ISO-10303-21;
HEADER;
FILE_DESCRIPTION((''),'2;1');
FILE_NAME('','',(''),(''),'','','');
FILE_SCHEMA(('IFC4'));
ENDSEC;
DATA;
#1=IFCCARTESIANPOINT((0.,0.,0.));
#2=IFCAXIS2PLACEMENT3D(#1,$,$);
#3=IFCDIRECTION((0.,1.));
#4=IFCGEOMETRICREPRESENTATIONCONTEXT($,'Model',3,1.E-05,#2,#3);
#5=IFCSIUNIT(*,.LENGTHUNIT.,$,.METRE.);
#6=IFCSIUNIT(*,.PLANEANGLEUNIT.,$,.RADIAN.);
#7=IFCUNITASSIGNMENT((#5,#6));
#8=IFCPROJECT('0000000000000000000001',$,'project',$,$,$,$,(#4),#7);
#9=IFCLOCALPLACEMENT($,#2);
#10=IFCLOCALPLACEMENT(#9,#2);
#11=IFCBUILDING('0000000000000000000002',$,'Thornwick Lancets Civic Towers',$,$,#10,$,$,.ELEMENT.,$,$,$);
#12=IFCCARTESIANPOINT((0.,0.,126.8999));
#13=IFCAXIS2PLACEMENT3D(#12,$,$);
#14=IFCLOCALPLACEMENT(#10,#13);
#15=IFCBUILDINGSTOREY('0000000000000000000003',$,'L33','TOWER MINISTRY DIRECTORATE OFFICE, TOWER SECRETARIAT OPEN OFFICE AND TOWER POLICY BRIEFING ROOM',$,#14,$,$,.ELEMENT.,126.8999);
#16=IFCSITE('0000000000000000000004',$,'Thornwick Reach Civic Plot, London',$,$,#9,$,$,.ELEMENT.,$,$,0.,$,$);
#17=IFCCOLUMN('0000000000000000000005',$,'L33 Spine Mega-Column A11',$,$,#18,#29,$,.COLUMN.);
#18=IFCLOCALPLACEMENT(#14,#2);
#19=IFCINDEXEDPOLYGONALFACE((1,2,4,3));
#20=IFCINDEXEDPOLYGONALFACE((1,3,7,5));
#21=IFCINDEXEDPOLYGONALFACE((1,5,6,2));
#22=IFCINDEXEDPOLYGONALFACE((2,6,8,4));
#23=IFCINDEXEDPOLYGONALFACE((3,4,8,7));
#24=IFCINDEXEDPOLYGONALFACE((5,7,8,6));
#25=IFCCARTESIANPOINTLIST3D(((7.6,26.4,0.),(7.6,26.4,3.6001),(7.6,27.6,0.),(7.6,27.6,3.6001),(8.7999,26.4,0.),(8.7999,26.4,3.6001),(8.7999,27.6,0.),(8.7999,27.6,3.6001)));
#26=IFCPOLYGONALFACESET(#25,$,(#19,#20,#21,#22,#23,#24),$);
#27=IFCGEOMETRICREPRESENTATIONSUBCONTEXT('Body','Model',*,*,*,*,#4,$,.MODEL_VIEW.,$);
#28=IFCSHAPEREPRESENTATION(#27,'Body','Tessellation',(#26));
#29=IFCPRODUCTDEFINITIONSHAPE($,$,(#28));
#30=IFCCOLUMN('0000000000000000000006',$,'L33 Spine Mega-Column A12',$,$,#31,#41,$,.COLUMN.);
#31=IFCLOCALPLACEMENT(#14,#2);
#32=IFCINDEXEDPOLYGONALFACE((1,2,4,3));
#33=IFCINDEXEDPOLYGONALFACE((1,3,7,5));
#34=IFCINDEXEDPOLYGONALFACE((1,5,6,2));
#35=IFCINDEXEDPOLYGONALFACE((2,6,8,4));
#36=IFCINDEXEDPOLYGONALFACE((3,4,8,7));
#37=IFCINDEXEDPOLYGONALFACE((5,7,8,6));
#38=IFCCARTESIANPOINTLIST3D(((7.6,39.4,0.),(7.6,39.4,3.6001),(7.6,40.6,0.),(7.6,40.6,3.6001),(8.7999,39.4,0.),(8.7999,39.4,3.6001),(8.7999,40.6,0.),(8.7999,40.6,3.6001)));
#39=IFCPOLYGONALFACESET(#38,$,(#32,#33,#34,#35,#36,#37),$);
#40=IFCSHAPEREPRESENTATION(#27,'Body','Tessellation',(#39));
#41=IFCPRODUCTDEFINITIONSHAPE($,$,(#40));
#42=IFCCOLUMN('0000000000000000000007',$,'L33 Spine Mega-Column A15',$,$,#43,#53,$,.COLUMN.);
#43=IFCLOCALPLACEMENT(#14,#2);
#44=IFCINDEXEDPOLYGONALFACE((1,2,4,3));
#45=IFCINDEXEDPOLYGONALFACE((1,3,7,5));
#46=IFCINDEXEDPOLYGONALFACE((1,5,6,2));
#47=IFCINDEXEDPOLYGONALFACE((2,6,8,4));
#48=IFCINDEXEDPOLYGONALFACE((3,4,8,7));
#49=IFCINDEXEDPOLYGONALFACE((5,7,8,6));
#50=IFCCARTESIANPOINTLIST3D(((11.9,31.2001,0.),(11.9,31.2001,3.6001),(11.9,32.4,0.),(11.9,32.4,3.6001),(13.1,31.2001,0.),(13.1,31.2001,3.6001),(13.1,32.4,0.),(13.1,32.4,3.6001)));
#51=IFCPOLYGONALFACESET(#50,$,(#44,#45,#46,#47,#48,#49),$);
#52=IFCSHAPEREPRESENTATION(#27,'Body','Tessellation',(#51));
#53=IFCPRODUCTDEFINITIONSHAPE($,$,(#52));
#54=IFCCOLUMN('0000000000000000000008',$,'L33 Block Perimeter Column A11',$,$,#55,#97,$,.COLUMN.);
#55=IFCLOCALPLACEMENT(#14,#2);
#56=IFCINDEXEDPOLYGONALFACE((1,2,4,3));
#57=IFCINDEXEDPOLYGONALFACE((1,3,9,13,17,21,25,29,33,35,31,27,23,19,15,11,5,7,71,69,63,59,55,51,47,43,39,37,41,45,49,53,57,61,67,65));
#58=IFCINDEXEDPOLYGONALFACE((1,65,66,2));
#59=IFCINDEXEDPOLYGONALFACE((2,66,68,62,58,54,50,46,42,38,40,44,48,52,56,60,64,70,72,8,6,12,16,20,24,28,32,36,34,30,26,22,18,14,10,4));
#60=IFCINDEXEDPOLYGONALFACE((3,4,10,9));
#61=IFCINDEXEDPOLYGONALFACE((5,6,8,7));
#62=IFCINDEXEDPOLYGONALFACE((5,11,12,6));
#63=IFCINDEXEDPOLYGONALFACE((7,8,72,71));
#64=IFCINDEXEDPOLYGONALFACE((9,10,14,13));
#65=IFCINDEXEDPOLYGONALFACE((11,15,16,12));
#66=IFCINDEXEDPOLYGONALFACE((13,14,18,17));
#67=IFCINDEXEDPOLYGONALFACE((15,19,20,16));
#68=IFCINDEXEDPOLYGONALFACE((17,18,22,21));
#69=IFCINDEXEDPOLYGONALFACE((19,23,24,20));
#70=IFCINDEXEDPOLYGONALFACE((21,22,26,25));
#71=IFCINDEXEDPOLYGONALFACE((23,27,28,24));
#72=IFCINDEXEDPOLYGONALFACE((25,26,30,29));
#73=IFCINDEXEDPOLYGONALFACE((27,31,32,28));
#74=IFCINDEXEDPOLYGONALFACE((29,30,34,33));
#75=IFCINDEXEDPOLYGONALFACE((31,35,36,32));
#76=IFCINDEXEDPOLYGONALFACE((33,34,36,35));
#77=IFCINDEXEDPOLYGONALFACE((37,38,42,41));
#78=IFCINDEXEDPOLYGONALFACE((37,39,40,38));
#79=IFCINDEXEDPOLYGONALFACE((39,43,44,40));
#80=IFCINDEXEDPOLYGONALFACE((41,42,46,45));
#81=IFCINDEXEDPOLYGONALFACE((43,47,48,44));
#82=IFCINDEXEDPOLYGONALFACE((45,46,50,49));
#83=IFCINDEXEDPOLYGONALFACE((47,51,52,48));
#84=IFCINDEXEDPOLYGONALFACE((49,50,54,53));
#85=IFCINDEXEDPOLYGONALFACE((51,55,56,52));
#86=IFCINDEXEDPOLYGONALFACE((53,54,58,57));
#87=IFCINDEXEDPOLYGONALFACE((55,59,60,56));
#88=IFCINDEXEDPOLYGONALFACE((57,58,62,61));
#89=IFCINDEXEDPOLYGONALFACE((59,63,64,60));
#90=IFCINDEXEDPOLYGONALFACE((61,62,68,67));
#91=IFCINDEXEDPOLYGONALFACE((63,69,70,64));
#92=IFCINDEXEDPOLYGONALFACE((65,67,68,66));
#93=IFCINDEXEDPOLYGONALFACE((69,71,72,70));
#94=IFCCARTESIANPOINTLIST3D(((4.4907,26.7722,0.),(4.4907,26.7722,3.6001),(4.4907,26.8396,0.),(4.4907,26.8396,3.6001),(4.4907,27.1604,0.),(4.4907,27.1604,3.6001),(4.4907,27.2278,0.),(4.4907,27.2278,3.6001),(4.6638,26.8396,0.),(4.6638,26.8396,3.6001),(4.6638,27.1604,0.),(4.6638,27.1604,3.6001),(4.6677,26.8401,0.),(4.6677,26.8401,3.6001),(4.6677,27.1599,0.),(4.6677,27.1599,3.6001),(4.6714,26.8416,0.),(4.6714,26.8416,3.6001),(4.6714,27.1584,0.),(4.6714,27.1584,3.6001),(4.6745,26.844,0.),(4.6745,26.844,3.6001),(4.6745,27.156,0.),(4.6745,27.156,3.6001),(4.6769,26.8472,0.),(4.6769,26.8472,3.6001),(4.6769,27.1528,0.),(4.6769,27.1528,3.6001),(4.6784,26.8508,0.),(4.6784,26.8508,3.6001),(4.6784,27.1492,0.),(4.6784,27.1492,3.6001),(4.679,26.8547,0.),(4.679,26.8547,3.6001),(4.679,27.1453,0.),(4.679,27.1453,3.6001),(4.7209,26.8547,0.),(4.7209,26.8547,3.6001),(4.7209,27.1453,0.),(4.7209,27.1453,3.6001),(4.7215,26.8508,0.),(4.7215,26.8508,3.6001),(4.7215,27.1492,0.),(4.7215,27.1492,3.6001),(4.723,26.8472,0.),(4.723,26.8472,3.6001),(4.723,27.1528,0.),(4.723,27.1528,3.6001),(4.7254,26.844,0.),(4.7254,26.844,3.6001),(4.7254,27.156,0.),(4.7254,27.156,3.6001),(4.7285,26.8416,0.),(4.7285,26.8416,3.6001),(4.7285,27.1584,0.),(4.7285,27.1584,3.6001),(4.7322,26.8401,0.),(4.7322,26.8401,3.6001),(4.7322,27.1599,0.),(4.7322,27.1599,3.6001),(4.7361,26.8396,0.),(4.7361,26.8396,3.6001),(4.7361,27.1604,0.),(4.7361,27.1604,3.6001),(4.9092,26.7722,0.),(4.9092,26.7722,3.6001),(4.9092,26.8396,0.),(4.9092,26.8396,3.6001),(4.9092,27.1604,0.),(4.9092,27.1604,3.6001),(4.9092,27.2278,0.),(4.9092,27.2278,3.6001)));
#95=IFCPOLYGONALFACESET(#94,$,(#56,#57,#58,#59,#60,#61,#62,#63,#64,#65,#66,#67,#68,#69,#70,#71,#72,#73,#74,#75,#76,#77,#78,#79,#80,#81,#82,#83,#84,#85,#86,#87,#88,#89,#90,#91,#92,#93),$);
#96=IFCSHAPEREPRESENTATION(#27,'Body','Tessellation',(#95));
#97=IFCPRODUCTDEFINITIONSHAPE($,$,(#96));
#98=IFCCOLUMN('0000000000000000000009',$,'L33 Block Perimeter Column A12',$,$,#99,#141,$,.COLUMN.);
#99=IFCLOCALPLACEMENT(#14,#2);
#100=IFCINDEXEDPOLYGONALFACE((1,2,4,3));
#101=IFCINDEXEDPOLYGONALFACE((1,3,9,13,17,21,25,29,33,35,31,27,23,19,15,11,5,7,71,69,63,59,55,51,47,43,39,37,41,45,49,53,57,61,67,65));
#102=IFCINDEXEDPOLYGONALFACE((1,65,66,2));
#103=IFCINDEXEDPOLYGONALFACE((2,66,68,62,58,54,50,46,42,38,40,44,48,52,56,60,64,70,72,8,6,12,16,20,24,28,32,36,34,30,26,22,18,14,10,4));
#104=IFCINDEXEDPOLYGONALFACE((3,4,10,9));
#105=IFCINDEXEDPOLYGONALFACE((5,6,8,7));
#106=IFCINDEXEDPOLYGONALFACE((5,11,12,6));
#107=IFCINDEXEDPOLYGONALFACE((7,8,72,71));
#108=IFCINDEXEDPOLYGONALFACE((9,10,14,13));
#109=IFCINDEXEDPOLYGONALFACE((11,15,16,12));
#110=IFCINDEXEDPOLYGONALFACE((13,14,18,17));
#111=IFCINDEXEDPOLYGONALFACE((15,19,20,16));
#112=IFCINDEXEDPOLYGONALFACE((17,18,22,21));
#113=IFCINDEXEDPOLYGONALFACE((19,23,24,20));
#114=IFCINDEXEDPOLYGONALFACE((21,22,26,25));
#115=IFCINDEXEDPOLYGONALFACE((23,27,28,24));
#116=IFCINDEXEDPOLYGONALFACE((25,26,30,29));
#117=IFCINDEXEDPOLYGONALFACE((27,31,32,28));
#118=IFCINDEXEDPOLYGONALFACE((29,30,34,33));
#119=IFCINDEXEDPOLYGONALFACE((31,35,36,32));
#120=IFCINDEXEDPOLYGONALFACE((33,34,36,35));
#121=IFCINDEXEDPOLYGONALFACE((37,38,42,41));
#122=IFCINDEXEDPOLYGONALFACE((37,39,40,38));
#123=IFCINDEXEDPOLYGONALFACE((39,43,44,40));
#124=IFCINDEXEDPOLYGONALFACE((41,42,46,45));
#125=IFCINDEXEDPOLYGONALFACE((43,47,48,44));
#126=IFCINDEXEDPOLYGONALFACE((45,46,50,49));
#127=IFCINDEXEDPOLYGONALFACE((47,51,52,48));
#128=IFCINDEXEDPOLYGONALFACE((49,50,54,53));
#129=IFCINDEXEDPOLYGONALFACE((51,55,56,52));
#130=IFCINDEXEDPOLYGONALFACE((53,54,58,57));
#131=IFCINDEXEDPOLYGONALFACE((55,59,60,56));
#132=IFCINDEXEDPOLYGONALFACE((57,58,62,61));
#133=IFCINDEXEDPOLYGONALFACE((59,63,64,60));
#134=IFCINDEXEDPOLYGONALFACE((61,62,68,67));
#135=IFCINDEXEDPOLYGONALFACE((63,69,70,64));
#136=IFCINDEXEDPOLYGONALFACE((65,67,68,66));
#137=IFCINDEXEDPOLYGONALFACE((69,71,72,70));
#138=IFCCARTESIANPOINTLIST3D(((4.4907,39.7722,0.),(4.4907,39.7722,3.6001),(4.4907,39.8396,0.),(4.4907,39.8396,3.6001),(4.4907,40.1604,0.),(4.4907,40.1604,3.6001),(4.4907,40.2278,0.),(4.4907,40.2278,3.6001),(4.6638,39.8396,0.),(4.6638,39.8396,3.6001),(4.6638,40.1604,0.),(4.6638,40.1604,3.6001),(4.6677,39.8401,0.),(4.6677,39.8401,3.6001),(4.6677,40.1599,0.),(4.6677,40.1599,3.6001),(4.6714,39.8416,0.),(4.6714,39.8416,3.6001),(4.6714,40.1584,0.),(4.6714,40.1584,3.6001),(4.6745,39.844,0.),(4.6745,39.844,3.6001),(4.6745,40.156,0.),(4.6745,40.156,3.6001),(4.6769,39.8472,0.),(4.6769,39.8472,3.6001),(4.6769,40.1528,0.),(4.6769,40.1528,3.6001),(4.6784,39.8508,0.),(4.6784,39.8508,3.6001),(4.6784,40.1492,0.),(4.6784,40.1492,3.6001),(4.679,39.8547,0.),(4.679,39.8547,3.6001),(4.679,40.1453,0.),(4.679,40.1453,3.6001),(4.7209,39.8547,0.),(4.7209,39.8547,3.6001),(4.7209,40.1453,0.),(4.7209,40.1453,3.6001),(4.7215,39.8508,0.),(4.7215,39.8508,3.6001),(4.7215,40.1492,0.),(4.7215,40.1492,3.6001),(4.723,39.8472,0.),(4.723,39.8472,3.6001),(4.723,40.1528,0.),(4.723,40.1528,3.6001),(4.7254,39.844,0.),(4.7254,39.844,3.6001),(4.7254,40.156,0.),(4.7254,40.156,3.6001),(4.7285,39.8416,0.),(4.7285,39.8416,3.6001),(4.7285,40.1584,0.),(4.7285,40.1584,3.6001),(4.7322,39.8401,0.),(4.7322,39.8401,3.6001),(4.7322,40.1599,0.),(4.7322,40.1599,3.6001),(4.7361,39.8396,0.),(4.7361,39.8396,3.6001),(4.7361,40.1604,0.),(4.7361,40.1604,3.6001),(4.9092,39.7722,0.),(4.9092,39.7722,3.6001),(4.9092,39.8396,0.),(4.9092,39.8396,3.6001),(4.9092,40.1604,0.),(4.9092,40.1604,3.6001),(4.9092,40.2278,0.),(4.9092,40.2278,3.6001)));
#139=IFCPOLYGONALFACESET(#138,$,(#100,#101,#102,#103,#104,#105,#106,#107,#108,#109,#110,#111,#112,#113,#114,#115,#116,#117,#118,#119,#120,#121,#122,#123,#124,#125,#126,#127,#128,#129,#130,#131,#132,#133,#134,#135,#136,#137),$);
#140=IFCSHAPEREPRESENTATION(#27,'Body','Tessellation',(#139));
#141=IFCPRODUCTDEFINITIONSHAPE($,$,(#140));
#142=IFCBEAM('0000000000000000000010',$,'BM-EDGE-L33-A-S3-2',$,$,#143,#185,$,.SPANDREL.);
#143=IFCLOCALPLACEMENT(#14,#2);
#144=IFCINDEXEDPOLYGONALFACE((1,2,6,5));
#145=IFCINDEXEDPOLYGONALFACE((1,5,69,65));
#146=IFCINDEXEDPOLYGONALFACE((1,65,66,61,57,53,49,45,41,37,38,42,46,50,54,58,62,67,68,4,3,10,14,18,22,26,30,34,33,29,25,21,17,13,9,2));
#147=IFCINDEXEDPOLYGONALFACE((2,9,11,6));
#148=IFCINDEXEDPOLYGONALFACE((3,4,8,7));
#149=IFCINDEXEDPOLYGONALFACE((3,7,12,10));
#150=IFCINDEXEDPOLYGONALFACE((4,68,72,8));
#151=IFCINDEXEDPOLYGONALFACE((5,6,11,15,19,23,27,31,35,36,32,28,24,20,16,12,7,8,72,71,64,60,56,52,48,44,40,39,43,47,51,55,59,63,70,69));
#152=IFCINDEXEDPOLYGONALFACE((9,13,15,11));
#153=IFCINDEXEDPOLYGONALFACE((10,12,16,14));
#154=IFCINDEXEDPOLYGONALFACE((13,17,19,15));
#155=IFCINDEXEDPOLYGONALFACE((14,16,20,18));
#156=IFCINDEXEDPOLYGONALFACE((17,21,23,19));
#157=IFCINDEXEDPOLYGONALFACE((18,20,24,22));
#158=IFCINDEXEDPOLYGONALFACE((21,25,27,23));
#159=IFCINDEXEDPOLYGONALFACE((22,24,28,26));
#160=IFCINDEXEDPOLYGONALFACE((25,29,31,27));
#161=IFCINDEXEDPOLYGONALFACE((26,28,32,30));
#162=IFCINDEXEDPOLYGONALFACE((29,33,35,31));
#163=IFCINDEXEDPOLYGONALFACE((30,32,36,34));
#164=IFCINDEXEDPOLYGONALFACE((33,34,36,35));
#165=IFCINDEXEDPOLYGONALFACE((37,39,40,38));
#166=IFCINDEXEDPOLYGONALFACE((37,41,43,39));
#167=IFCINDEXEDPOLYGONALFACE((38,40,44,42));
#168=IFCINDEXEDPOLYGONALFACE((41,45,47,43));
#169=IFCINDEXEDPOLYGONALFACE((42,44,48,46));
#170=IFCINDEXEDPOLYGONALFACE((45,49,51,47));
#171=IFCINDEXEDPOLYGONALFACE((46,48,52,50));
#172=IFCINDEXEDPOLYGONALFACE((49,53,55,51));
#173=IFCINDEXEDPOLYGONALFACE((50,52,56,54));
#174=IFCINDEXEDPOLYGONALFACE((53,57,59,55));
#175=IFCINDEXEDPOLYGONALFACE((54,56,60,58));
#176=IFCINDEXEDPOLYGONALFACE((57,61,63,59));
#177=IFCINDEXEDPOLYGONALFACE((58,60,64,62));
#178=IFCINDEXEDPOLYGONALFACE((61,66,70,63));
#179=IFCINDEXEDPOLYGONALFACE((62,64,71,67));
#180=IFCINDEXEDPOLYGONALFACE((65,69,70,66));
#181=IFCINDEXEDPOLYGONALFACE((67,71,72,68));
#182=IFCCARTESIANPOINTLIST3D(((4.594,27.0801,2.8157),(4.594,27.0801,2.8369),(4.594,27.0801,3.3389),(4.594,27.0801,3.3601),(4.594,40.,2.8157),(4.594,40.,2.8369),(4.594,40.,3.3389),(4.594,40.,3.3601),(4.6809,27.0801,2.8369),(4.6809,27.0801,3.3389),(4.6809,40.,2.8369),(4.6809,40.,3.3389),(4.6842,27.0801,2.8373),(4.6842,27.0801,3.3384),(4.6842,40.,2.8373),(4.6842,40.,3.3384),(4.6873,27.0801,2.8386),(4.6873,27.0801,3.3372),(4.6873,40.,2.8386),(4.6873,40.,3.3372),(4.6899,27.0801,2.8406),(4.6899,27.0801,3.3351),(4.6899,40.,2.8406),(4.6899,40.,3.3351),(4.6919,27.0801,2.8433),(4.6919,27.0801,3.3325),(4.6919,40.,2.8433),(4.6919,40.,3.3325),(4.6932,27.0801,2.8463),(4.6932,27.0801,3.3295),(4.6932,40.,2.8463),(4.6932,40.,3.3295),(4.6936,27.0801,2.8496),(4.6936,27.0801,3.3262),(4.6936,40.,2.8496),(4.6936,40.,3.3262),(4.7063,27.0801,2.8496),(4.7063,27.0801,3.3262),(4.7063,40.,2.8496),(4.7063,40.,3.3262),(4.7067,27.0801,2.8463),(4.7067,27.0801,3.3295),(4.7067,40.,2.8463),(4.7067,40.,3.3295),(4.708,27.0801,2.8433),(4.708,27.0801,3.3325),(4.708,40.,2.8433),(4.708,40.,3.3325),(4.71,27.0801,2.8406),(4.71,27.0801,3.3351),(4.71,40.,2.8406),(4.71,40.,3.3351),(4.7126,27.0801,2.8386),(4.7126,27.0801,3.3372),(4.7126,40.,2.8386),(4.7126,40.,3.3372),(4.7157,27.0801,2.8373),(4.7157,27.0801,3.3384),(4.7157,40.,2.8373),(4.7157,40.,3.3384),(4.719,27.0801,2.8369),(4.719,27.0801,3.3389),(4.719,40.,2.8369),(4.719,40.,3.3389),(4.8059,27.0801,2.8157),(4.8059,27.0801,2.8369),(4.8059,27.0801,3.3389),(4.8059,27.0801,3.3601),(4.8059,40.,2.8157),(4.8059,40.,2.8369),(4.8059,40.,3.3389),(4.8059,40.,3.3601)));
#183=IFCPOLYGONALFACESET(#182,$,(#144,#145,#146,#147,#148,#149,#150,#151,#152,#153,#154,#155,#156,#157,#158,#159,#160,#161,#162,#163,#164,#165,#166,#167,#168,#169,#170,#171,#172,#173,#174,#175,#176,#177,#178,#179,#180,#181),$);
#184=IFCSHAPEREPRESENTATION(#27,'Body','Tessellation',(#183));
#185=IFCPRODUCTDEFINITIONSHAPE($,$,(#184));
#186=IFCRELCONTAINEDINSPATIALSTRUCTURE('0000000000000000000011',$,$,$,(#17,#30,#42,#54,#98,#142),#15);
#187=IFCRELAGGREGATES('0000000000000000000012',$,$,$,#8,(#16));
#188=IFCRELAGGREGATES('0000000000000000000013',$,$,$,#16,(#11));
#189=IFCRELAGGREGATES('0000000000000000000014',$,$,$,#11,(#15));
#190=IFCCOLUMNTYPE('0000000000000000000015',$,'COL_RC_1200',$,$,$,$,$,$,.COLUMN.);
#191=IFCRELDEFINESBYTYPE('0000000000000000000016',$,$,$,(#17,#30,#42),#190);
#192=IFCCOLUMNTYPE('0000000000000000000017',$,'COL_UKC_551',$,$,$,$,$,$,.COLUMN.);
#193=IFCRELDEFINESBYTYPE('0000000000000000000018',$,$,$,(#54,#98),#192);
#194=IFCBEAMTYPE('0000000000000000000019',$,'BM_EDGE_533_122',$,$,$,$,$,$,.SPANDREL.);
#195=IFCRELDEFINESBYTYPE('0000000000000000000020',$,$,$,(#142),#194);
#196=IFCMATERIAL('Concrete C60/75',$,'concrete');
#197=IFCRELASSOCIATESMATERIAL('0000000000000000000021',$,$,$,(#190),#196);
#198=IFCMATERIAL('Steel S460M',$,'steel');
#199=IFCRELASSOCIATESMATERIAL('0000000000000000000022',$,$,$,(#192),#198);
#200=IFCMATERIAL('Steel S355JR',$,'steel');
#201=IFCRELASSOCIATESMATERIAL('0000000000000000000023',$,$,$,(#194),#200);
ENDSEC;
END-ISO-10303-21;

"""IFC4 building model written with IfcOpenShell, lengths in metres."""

from ifc_helpers import new_model, si_unit, direction, frame, origin, origin_2d, place, context, subcontext, project, spatial, rectangle, i_section, extrude, material, material_profile, profile_set, type_object, element, save


model = new_model("IFC4")

# Units and contexts
model_context = context("Model", 3, precision=1e-05, world=origin(), true_north=direction((0.0, 1.0)))
body_context = subcontext(model_context, "Body", "Model", "MODEL_VIEW")
ifc_project = project(units=[si_unit("LENGTHUNIT", "METRE"), si_unit("PLANEANGLEUNIT", "RADIAN")], contexts=[model_context])

# Site, building, storey
site_placement = place(None, origin())
site = spatial("IfcSite", under=ifc_project, at=site_placement, Name="Thornwick Reach Civic Plot, London", CompositionType="ELEMENT", RefElevation=0.0)
building_placement = place(site_placement, origin())
building = spatial("IfcBuilding", under=site, at=building_placement, Name="Thornwick Lancets Civic Towers", CompositionType="ELEMENT")
storey_placement = place(building_placement, frame((0.0, 0.0, 126.8999)))
storey = spatial("IfcBuildingStorey", under=building, at=storey_placement, Name="L33", Description="TOWER MINISTRY DIRECTORATE OFFICE, TOWER SECRETARIAT OPEN OFFICE AND TOWER POLICY BRIEFING ROOM", CompositionType="ELEMENT", Elevation=126.8999)

# Columns
ifc_material_1 = material(Name="Concrete C60/75", Category="concrete")
ifc_material_profile_1 = material_profile(ifc_material_1, rectangle(XDim=1.2, YDim=1.2, at=origin_2d()), Name="RC 1200x1200")
ifc_profile_set_1 = profile_set([ifc_material_profile_1], Name="Concrete C60/75")
column_type_1 = type_object("IfcColumnType", Name="COL_RC_1200", PredefinedType="COLUMN", material=ifc_profile_set_1)
for number, where, z_axis, x_axis, name in (
    (1, (8.2, 27.0, 0.0), (0.0, 0.0, 1.0), (1.0, 0.0, 0.0), "L33 Spine Mega-Column A11"),
    (2, (8.2, 40.0, 0.0), (0.0, 0.0, 1.0), (1.0, 0.0, 0.0), "L33 Spine Mega-Column A12"),
    (3, (12.5, 31.8, 0.0), (0.0, 0.0, 1.0), (1.0, 0.0, 0.0), "L33 Spine Mega-Column A15"),
):
    element("IfcColumn", number, at=place(storey_placement, frame(where, z_axis=z_axis, x_axis=x_axis)), inside=storey, type_object=column_type_1, Name=name, PredefinedType="COLUMN", context=body_context, shape_type="SweptSolid", body=[
        extrude(rectangle(XDim=1.2, YDim=1.2, at=origin_2d()), origin(), (0.0, 0.0, 1.0), 3.6001),
    ])
ifc_material_2 = material(Name="Steel S460M", Category="steel")
ifc_material_profile_2 = material_profile(ifc_material_2, i_section(OverallWidth=0.4185, OverallDepth=0.4556, WebThickness=0.042, FlangeThickness=0.0674, FilletRadius=0.0151, at=origin_2d()), Name="UKC 356x406x551")
ifc_profile_set_2 = profile_set([ifc_material_profile_2], Name="Steel S460M")
column_type_2 = type_object("IfcColumnType", Name="COL_UKC_551", PredefinedType="COLUMN", material=ifc_profile_set_2)
for number, where, z_axis, x_axis, name in (
    (4, (4.7, 27.0, 0.0), (0.0, 0.0, 1.0), (1.0, 0.0, 0.0), "L33 Block Perimeter Column A11"),
    (5, (4.7, 40.0, 0.0), (0.0, 0.0, 1.0), (1.0, 0.0, 0.0), "L33 Block Perimeter Column A12"),
):
    element("IfcColumn", number, at=place(storey_placement, frame(where, z_axis=z_axis, x_axis=x_axis)), inside=storey, type_object=column_type_2, Name=name, PredefinedType="COLUMN", context=body_context, shape_type="SweptSolid", body=[
        extrude(i_section(OverallWidth=0.4185, OverallDepth=0.4556, WebThickness=0.042, FlangeThickness=0.0674, FilletRadius=0.0151, at=origin_2d()), origin(), (0.0, 0.0, 1.0), 3.6001),
    ])

# Beam
ifc_material_3 = material(Name="Steel S355JR", Category="steel")
ifc_material_profile_3 = material_profile(ifc_material_3, i_section(OverallWidth=0.2119, OverallDepth=0.5444, WebThickness=0.0127, FlangeThickness=0.0212, FilletRadius=0.0127, at=origin_2d()), Name="UKB 533x210x122")
ifc_profile_set_3 = profile_set([ifc_material_profile_3], Name="Steel S355JR")
beam_type_1 = type_object("IfcBeamType", Name="BM_EDGE_533_122", PredefinedType="SPANDREL", material=ifc_profile_set_3)
beam_1_placement = place(storey_placement, frame((4.7, 27.0801, 3.0879), z_axis=(0.0, 1.0, 0.0), x_axis=(-1.0, 0.0, 0.0)))
element("IfcBeam", 6, at=beam_1_placement, inside=storey, type_object=beam_type_1, Name="BM-EDGE-L33-A-S3-2", PredefinedType="SPANDREL", context=body_context, shape_type="SweptSolid", body=[
    extrude(i_section(OverallWidth=0.2119, OverallDepth=0.5444, WebThickness=0.0127, FlangeThickness=0.0212, FilletRadius=0.0127, at=origin_2d()), origin(), (0.0, 0.0, 1.0), 12.9199),
])

save(model, "model.ifc")
